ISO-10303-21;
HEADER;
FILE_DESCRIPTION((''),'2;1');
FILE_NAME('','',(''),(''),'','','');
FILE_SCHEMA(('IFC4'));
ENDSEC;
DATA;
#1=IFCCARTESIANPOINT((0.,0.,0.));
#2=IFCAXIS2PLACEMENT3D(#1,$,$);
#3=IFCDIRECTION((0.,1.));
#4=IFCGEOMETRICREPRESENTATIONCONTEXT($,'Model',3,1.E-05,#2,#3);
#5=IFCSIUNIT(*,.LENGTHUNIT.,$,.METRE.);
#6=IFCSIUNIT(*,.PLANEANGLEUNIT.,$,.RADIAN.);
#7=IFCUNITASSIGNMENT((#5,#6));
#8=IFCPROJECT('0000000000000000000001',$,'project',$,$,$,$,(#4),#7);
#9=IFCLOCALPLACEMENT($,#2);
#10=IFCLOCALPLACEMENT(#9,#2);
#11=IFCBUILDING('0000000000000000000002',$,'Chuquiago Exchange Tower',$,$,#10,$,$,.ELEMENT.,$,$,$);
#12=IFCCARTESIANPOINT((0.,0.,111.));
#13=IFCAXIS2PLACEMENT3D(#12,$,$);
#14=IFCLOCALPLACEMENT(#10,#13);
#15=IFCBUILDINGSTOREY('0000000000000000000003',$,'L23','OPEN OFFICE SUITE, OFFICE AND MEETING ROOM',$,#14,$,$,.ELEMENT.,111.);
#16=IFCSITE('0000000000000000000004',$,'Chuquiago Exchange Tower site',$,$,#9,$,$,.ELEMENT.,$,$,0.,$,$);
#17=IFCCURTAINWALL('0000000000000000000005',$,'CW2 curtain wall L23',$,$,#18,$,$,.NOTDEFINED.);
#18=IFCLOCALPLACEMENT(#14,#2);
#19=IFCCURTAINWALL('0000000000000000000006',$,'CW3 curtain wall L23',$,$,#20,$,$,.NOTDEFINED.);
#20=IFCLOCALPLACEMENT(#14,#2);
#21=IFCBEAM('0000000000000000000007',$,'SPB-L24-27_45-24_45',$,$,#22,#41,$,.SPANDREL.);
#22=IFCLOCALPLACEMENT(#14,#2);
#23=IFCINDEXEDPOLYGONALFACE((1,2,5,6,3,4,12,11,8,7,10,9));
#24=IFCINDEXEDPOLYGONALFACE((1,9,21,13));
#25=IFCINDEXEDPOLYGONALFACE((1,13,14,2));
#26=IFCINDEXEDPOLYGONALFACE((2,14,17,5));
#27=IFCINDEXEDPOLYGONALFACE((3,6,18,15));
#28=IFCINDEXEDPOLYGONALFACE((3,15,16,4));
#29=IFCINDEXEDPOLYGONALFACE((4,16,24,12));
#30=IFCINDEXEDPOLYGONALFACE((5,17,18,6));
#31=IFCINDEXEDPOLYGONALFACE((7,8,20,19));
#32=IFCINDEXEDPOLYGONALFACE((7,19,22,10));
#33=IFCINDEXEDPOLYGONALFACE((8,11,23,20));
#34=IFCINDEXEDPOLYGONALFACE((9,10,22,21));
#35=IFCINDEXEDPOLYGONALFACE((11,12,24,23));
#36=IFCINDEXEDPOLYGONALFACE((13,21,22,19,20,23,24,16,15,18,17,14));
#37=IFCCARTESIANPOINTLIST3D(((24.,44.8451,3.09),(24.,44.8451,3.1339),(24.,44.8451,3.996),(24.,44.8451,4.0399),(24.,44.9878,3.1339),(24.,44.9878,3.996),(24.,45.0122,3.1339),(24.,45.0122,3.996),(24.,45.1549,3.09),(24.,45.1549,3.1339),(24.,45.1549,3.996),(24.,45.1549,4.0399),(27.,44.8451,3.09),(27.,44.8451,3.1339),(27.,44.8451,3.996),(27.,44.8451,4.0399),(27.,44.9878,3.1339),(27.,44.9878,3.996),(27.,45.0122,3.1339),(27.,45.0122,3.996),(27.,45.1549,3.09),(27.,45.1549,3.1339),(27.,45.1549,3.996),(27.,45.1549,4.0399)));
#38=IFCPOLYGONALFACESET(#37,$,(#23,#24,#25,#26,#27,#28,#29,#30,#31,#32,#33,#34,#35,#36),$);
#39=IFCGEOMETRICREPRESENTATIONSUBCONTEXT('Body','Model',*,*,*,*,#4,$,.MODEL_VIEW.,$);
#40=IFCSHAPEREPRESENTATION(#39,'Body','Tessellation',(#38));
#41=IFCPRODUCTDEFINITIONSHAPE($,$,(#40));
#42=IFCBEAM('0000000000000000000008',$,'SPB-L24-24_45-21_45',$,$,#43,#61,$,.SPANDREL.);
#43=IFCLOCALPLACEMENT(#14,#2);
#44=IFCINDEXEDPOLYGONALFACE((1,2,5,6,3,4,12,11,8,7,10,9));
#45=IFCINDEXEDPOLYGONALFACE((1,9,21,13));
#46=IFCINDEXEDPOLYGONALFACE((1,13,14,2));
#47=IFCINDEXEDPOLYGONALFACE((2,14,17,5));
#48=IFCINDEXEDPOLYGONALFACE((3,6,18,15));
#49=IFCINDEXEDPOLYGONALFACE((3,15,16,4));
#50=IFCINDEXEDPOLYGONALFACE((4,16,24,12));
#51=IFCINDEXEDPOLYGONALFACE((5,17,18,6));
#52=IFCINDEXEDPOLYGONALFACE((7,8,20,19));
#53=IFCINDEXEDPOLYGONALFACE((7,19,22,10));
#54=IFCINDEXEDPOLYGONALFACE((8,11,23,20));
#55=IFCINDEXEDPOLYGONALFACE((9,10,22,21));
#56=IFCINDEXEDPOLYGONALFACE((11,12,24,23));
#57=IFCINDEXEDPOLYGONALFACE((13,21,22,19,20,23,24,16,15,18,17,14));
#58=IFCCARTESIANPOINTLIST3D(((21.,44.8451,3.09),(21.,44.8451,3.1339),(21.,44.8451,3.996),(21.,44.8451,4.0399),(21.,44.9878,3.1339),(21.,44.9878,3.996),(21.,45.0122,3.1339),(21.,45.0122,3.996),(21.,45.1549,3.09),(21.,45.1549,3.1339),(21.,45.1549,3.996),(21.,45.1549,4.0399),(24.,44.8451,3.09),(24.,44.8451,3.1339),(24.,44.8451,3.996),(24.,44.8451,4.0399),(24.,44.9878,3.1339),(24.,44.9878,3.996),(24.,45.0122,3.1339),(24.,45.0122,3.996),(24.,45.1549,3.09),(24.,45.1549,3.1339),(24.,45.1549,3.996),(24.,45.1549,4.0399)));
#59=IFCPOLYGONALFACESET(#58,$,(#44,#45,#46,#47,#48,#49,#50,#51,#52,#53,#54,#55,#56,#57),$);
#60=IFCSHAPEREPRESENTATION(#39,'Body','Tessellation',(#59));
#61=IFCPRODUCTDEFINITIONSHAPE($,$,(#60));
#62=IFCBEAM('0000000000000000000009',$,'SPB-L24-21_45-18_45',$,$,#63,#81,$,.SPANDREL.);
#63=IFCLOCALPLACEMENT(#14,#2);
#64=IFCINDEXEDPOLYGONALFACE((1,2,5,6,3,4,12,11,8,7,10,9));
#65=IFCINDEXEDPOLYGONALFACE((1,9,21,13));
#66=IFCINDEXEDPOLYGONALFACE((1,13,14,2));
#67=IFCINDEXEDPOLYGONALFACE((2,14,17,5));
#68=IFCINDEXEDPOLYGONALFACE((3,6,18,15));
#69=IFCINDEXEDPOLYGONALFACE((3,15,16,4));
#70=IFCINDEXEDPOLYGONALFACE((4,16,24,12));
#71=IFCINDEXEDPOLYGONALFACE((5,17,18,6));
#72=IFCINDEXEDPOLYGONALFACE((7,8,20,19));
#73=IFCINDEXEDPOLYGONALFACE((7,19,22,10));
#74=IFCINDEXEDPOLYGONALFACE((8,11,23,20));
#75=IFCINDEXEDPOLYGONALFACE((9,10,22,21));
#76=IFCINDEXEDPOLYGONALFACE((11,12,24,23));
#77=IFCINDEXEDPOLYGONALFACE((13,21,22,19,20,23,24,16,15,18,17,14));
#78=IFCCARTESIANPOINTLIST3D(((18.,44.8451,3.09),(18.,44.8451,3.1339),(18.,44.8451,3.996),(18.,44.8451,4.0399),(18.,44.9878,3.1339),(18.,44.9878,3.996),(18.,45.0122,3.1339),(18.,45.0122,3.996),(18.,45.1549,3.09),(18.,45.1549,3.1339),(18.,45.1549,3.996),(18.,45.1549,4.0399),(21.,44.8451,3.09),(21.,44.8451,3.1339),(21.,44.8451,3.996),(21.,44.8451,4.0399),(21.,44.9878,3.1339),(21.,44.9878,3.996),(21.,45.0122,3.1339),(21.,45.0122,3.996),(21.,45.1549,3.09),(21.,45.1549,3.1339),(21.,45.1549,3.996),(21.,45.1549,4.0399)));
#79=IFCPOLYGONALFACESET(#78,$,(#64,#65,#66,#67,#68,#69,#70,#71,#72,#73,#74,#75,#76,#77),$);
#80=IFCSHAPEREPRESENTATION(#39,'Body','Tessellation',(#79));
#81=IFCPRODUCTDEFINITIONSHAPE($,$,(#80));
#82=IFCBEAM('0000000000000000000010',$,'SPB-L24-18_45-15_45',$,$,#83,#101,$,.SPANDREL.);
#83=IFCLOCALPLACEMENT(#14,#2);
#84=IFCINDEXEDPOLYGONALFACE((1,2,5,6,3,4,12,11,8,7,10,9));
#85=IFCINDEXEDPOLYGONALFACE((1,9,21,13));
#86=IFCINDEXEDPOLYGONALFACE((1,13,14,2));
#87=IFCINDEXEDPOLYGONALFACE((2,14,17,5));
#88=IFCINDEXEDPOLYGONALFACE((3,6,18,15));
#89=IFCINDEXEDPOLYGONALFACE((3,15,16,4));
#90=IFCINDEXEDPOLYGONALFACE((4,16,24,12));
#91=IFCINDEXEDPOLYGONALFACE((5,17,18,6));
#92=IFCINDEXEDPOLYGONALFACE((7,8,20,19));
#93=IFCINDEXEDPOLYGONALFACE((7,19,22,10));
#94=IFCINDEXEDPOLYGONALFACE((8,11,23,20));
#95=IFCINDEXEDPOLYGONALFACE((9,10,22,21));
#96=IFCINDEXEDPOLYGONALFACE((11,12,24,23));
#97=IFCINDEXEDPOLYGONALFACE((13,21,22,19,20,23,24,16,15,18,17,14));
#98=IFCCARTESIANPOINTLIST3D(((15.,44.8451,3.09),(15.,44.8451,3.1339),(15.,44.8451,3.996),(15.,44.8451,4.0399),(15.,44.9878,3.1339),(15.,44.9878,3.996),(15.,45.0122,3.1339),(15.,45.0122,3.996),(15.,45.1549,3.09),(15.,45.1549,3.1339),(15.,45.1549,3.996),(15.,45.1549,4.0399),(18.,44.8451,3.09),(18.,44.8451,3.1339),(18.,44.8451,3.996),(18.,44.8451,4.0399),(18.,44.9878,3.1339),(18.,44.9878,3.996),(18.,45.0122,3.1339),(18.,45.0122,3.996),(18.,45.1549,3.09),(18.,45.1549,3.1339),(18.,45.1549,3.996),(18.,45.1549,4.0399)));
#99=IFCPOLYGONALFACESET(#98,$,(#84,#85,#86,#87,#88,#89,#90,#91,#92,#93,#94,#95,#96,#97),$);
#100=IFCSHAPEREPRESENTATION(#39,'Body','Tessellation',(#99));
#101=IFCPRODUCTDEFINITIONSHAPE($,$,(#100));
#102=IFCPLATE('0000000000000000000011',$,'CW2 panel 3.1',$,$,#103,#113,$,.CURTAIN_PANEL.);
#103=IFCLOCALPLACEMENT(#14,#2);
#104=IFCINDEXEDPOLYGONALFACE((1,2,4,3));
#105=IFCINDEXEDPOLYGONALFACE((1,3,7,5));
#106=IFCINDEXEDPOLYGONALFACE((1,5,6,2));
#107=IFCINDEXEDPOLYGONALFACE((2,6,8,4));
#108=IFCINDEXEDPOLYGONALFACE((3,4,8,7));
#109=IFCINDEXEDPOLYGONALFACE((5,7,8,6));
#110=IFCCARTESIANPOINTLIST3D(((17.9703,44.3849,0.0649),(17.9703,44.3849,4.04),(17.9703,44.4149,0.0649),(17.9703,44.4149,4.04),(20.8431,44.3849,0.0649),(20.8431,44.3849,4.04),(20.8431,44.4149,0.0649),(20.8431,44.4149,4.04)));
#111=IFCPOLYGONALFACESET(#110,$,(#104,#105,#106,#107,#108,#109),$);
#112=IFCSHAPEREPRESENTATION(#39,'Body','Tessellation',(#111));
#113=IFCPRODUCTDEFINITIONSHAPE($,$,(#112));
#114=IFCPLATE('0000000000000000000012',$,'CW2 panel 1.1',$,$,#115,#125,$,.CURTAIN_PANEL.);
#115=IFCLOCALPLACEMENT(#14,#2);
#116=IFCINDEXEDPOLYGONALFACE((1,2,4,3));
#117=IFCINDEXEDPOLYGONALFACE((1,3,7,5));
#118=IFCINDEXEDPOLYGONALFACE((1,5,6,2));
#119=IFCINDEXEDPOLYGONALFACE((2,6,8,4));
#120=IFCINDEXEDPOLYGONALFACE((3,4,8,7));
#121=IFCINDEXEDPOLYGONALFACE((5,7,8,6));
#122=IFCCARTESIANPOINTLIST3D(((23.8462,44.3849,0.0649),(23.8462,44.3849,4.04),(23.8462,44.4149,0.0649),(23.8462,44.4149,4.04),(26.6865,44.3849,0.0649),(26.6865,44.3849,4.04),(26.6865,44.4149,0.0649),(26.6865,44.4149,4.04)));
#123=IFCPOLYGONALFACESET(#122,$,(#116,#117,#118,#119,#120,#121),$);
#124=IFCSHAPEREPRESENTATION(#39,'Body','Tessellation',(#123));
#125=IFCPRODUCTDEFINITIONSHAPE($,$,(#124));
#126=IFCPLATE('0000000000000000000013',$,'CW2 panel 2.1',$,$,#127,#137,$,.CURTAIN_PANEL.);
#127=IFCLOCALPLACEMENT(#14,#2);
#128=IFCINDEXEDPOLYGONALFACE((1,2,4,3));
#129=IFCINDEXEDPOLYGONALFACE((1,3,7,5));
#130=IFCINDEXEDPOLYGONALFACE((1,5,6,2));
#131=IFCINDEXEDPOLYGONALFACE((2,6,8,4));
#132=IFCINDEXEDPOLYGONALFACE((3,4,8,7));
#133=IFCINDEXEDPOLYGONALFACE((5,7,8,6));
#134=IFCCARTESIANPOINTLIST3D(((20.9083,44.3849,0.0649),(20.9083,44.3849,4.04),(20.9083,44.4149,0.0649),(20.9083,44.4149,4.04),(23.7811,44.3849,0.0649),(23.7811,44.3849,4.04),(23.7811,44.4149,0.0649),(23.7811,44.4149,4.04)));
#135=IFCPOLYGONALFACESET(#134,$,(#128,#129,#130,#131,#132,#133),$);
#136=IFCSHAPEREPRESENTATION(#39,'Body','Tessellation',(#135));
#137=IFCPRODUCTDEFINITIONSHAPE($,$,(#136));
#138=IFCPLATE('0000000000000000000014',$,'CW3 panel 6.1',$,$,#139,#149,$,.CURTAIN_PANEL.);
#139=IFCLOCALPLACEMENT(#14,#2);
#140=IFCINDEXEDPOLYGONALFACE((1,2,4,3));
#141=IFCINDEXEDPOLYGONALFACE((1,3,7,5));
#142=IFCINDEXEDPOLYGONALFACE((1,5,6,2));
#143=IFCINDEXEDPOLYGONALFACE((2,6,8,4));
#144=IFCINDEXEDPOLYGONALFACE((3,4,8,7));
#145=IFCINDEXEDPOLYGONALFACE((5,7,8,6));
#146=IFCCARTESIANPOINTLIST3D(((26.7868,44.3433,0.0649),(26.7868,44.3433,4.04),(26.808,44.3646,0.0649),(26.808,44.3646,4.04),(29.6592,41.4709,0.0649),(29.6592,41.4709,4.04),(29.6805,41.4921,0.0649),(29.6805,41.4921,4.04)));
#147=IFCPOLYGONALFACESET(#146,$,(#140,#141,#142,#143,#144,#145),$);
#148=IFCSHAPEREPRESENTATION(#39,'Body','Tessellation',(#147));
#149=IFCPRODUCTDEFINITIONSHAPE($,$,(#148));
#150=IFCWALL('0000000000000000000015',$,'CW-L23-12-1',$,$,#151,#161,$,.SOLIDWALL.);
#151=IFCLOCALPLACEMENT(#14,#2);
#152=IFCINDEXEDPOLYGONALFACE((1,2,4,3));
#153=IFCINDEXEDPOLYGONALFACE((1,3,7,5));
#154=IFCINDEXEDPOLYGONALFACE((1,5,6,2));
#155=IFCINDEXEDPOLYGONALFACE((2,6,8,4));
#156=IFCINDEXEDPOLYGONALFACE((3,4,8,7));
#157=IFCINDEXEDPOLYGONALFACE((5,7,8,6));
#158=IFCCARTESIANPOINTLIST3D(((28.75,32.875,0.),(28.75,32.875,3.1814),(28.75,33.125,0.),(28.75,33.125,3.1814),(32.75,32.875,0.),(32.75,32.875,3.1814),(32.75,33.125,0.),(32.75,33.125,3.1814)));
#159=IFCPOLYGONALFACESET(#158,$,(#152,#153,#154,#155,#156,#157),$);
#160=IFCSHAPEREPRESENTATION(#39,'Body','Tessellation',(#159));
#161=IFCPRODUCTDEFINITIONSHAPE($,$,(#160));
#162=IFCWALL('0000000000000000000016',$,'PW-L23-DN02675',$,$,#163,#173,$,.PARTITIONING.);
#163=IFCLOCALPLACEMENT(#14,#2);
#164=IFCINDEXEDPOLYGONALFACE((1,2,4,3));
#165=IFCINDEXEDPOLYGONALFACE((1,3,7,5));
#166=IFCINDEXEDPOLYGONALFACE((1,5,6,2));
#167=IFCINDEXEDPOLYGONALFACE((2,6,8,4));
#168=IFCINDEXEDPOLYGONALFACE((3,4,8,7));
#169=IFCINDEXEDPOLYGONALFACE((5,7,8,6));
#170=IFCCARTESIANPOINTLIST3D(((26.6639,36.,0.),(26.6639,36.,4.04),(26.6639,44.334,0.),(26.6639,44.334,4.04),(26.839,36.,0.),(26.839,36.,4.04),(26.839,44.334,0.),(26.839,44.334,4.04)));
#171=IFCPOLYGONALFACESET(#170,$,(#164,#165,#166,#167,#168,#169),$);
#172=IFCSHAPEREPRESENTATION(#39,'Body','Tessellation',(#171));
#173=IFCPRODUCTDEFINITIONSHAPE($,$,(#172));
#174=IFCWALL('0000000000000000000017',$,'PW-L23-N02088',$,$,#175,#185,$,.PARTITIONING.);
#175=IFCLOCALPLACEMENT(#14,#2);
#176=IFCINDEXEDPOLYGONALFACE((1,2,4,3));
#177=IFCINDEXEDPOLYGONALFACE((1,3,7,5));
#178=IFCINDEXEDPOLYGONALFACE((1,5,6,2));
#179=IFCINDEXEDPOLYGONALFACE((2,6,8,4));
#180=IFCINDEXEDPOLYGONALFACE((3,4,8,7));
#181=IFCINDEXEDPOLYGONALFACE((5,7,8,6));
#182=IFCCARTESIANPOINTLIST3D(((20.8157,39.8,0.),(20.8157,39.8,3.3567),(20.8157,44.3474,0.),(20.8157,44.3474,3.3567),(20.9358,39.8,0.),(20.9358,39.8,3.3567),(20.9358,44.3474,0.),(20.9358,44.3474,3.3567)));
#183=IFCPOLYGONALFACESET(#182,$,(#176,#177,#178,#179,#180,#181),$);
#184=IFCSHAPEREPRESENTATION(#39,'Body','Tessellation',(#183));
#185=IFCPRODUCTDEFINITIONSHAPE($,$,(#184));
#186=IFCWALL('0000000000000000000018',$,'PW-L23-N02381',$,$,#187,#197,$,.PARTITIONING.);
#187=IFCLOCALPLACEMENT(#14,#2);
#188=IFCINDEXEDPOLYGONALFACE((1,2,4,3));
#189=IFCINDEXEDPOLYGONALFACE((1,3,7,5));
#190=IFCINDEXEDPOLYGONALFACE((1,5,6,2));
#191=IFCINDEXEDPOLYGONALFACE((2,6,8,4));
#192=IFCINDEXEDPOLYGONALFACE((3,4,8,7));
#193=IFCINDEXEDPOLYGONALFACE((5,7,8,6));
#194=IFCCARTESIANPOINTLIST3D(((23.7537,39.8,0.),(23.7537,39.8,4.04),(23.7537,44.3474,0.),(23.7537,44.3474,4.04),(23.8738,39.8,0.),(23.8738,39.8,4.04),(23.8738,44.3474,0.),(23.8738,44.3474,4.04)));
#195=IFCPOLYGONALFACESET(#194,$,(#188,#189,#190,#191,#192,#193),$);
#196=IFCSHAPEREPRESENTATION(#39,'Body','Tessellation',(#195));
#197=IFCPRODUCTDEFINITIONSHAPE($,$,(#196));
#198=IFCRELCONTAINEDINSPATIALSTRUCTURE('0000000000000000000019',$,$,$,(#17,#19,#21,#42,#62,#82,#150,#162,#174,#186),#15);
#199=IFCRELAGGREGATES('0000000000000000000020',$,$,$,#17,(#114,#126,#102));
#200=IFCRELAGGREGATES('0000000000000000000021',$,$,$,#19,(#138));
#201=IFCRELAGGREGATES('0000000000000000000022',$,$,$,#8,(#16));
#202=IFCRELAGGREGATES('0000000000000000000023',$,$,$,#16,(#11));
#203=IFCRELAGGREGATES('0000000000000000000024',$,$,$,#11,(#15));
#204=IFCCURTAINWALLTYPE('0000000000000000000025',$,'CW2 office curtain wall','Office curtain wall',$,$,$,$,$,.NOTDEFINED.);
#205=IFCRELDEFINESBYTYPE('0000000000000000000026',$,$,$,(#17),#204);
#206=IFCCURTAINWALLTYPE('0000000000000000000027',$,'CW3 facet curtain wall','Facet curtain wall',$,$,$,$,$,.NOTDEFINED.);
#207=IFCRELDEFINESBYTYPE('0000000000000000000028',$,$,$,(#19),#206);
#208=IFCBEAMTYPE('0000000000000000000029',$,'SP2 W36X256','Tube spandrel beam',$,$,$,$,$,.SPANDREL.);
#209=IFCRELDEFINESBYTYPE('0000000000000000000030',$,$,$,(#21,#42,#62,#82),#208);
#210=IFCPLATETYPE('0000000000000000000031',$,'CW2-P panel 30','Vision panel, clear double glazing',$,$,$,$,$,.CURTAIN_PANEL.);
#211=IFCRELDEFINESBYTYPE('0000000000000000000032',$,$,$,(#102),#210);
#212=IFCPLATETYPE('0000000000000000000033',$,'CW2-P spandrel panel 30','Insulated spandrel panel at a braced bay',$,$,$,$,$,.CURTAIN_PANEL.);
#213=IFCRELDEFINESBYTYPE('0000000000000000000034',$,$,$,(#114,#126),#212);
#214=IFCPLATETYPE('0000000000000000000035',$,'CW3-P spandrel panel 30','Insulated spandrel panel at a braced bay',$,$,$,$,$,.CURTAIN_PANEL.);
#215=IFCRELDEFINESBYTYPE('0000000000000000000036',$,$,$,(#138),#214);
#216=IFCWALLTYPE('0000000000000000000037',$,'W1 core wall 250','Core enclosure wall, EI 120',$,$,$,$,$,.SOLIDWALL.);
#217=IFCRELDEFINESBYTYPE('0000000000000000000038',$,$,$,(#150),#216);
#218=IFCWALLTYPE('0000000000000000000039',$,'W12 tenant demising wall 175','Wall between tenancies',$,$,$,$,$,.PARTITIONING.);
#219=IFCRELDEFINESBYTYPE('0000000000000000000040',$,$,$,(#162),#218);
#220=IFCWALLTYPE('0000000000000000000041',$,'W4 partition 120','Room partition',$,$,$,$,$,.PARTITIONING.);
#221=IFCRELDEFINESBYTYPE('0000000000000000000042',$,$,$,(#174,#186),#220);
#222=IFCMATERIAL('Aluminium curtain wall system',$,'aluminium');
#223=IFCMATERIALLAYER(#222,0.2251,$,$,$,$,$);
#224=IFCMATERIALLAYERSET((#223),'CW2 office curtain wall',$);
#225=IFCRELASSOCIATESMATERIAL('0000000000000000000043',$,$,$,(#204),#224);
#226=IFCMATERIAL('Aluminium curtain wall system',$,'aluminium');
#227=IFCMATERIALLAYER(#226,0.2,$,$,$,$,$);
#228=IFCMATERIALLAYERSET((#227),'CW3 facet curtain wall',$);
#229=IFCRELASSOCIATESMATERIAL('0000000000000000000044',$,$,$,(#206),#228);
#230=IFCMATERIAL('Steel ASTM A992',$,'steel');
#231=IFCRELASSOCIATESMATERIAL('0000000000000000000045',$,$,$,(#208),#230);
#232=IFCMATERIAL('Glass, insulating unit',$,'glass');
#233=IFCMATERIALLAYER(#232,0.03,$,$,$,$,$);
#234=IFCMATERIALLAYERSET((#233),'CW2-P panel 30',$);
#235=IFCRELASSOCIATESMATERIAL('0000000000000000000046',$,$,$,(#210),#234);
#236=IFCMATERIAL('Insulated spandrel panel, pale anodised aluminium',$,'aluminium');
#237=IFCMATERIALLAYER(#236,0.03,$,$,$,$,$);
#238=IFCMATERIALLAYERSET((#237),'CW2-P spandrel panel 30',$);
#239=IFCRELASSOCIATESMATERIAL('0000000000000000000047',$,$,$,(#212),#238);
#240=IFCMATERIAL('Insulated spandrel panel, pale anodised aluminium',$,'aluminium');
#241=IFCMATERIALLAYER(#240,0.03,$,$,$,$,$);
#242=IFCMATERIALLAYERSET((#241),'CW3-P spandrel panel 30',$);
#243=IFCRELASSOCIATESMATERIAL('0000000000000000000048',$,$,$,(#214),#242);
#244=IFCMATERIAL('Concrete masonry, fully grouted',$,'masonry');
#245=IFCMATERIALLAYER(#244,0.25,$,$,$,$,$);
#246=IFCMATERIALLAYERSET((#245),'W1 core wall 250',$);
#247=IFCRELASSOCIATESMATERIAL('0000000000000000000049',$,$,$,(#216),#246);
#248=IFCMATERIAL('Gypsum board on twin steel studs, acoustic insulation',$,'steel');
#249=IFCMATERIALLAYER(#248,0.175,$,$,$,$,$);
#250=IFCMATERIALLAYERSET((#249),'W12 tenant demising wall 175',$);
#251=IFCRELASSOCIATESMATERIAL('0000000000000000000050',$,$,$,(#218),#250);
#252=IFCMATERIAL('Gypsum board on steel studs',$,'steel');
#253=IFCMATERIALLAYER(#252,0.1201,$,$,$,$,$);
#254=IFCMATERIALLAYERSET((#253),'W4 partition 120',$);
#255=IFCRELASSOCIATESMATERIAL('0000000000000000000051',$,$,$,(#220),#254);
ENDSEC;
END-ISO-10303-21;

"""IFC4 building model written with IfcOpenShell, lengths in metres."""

from ifc_helpers import new_model, si_unit, direction, frame, frame_2d, origin, origin_2d, place, context, subcontext, project, spatial, rectangle, i_section, extrude, material, layer, layer_set, material_profile, profile_set, type_object, element, aggregate, save


model = new_model("IFC4")

# Units and contexts
model_context = context("Model", 3, precision=1e-05, world=origin(), true_north=direction((0.0, 1.0)))
body_context = subcontext(model_context, "Body", "Model", "MODEL_VIEW")
ifc_project = project(units=[si_unit("LENGTHUNIT", "METRE"), si_unit("PLANEANGLEUNIT", "RADIAN")], contexts=[model_context])

# Site, building, storey
site_placement = place(None, origin())
site = spatial("IfcSite", under=ifc_project, at=site_placement, Name="Chuquiago Exchange Tower site", CompositionType="ELEMENT", RefElevation=0.0)
building_placement = place(site_placement, origin())
building = spatial("IfcBuilding", under=site, at=building_placement, Name="Chuquiago Exchange Tower", CompositionType="ELEMENT")
storey_placement = place(building_placement, frame((0.0, 0.0, 111.0)))
storey = spatial("IfcBuildingStorey", under=building, at=storey_placement, Name="L23", Description="OPEN OFFICE SUITE, OFFICE AND MEETING ROOM", CompositionType="ELEMENT", Elevation=111.0)

# Curtain walls
ifc_material_1 = material(Name="Aluminium curtain wall system", Category="aluminium")
ifc_layer_1 = layer(ifc_material_1, 0.2251)
ifc_layer_set_1 = layer_set([ifc_layer_1], Name="CW2 office curtain wall")
curtain_wall_type_1 = type_object("IfcCurtainWallType", Name="CW2 office curtain wall", Description="Office curtain wall", PredefinedType="NOTDEFINED", material=ifc_layer_set_1)
curtain_wall_1_placement = place(storey_placement, origin())
curtain_wall_1 = element("IfcCurtainWall", 1, at=curtain_wall_1_placement, inside=storey, type_object=curtain_wall_type_1, Name="CW2 curtain wall L23", PredefinedType="NOTDEFINED")
ifc_material_2 = material(Name="Aluminium curtain wall system", Category="aluminium")
ifc_layer_2 = layer(ifc_material_2, 0.2)
ifc_layer_set_2 = layer_set([ifc_layer_2], Name="CW3 facet curtain wall")
curtain_wall_type_2 = type_object("IfcCurtainWallType", Name="CW3 facet curtain wall", Description="Facet curtain wall", PredefinedType="NOTDEFINED", material=ifc_layer_set_2)
curtain_wall_2_placement = place(storey_placement, origin())
curtain_wall_2 = element("IfcCurtainWall", 2, at=curtain_wall_2_placement, inside=storey, type_object=curtain_wall_type_2, Name="CW3 curtain wall L23", PredefinedType="NOTDEFINED")

# Beams
ifc_material_3 = material(Name="Steel ASTM A992", Category="steel")
ifc_material_profile_1 = material_profile(ifc_material_3, i_section(OverallWidth=0.3098, OverallDepth=0.95, WebThickness=0.0244, FlangeThickness=0.0439, at=origin_2d()), Name="W36X256")
ifc_profile_set_1 = profile_set([ifc_material_profile_1], Name="Steel ASTM A992")
beam_type_1 = type_object("IfcBeamType", Name="SP2 W36X256", Description="Tube spandrel beam", PredefinedType="SPANDREL", material=ifc_profile_set_1)
for number, where, z_axis, x_axis, name in (
    (3, (27.0, 45.0, 3.5649), (-1.0, 0.0, 0.0), (0.0, -1.0, 0.0), "SPB-L24-27_45-24_45"),
    (4, (24.0, 45.0, 3.5649), (-1.0, 0.0, 0.0), (0.0, -1.0, 0.0), "SPB-L24-24_45-21_45"),
    (5, (21.0, 45.0, 3.5649), (-1.0, 0.0, 0.0), (0.0, -1.0, 0.0), "SPB-L24-21_45-18_45"),
    (6, (18.0, 45.0, 3.5649), (-1.0, 0.0, 0.0), (0.0, -1.0, 0.0), "SPB-L24-18_45-15_45"),
):
    element("IfcBeam", number, at=place(storey_placement, frame(where, z_axis=z_axis, x_axis=x_axis)), inside=storey, type_object=beam_type_1, Name=name, PredefinedType="SPANDREL", context=body_context, shape_type="SweptSolid", body=[
        extrude(i_section(OverallWidth=0.3098, OverallDepth=0.95, WebThickness=0.0244, FlangeThickness=0.0439, at=origin_2d()), origin(), (0.0, 0.0, 1.0), 3.0),
    ])

# Plates
ifc_material_4 = material(Name="Glass, insulating unit", Category="glass")
ifc_layer_3 = layer(ifc_material_4, 0.03)
ifc_layer_set_3 = layer_set([ifc_layer_3], Name="CW2-P panel 30")
plate_type_1 = type_object("IfcPlateType", Name="CW2-P panel 30", Description="Vision panel, clear double glazing", PredefinedType="CURTAIN_PANEL", material=ifc_layer_set_3)
plate_1_placement = place(storey_placement, frame((19.4067, 44.3999, 0.0649), z_axis=(0.0, 0.0, 1.0), x_axis=(-1.0, 0.0, 0.0)))
plate_1 = element("IfcPlate", 7, at=plate_1_placement, type_object=plate_type_1, Name="CW2 panel 3.1", PredefinedType="CURTAIN_PANEL", context=body_context, shape_type="SweptSolid", body=[
    extrude(rectangle(XDim=2.8728, YDim=0.03, at=origin_2d()), origin(), (0.0, 0.0, 1.0), 3.9751),
])
ifc_material_5 = material(Name="Insulated spandrel panel, pale anodised aluminium", Category="aluminium")
ifc_layer_4 = layer(ifc_material_5, 0.03)
ifc_layer_set_4 = layer_set([ifc_layer_4], Name="CW2-P spandrel panel 30")
plate_type_2 = type_object("IfcPlateType", Name="CW2-P spandrel panel 30", Description="Insulated spandrel panel at a braced bay", PredefinedType="CURTAIN_PANEL", material=ifc_layer_set_4)
plate_2_placement = place(storey_placement, frame((25.2664, 44.3999, 0.0649), z_axis=(0.0, 0.0, 1.0), x_axis=(-1.0, 0.0, 0.0)))
plate_2 = element("IfcPlate", 8, at=plate_2_placement, type_object=plate_type_2, Name="CW2 panel 1.1", PredefinedType="CURTAIN_PANEL", context=body_context, shape_type="SweptSolid", body=[
    extrude(rectangle(XDim=2.8403, YDim=0.03, at=origin_2d()), origin(), (0.0, 0.0, 1.0), 3.9751),
])
plate_3_placement = place(storey_placement, frame((22.3447, 44.3999, 0.0649), z_axis=(0.0, 0.0, 1.0), x_axis=(-1.0, 0.0, 0.0)))
plate_3 = element("IfcPlate", 9, at=plate_3_placement, type_object=plate_type_2, Name="CW2 panel 2.1", PredefinedType="CURTAIN_PANEL", context=body_context, shape_type="SweptSolid", body=[
    extrude(rectangle(XDim=2.8728, YDim=0.03, at=origin_2d()), origin(), (0.0, 0.0, 1.0), 3.9751),
])
aggregate(curtain_wall_1, [plate_2, plate_3, plate_1])
ifc_material_6 = material(Name="Insulated spandrel panel, pale anodised aluminium", Category="aluminium")
ifc_layer_5 = layer(ifc_material_6, 0.03)
ifc_layer_set_5 = layer_set([ifc_layer_5], Name="CW3-P spandrel panel 30")
plate_type_3 = type_object("IfcPlateType", Name="CW3-P spandrel panel 30", Description="Insulated spandrel panel at a braced bay", PredefinedType="CURTAIN_PANEL", material=ifc_layer_set_5)
plate_4_placement = place(storey_placement, frame((28.2336, 42.9177, 0.0649), z_axis=(0.0, 0.0, 1.0), x_axis=(-0.707107, 0.707107, 0.0)))
plate_4 = element("IfcPlate", 10, at=plate_4_placement, type_object=plate_type_3, Name="CW3 panel 6.1", PredefinedType="CURTAIN_PANEL", context=body_context, shape_type="SweptSolid", body=[
    extrude(rectangle(XDim=4.0623, YDim=0.03, at=origin_2d()), origin(), (0.0, 0.0, 1.0), 3.9751),
])
aggregate(curtain_wall_2, [plate_4])

# Walls
ifc_material_7 = material(Name="Concrete masonry, fully grouted", Category="masonry")
ifc_layer_6 = layer(ifc_material_7, 0.25)
ifc_layer_set_6 = layer_set([ifc_layer_6], Name="W1 core wall 250")
wall_type_1 = type_object("IfcWallType", Name="W1 core wall 250", Description="Core enclosure wall, EI 120", PredefinedType="SOLIDWALL", material=ifc_layer_set_6)
wall_1_placement = place(storey_placement, frame((28.75, 33.0, 0.0), z_axis=(0.0, 0.0, 1.0), x_axis=(1.0, 0.0, 0.0)))
element("IfcWall", 11, at=wall_1_placement, inside=storey, type_object=wall_type_1, Name="CW-L23-12-1", PredefinedType="SOLIDWALL", context=body_context, shape_type="SweptSolid", body=[
    extrude(rectangle(XDim=4.0, YDim=0.25, at=frame_2d((2.0, 0.0))), origin(), (0.0, 0.0, 1.0), 3.1814),
])
ifc_material_8 = material(Name="Gypsum board on twin steel studs, acoustic insulation", Category="steel")
ifc_layer_7 = layer(ifc_material_8, 0.175)
ifc_layer_set_7 = layer_set([ifc_layer_7], Name="W12 tenant demising wall 175")
wall_type_2 = type_object("IfcWallType", Name="W12 tenant demising wall 175", Description="Wall between tenancies", PredefinedType="PARTITIONING", material=ifc_layer_set_7)
wall_2_placement = place(storey_placement, frame((26.7515, 44.334, 0.0), z_axis=(0.0, 0.0, 1.0), x_axis=(0.0, -1.0, 0.0)))
element("IfcWall", 12, at=wall_2_placement, inside=storey, type_object=wall_type_2, Name="PW-L23-DN02675", PredefinedType="PARTITIONING", context=body_context, shape_type="SweptSolid", body=[
    extrude(rectangle(XDim=8.334, YDim=0.175, at=frame_2d((4.167, 0.0))), origin(), (0.0, 0.0, 1.0), 4.04),
])
ifc_material_9 = material(Name="Gypsum board on steel studs", Category="steel")
ifc_layer_8 = layer(ifc_material_9, 0.1201)
ifc_layer_set_8 = layer_set([ifc_layer_8], Name="W4 partition 120")
wall_type_3 = type_object("IfcWallType", Name="W4 partition 120", Description="Room partition", PredefinedType="PARTITIONING", material=ifc_layer_set_8)
wall_3_placement = place(storey_placement, frame((20.8757, 44.3474, 0.0), z_axis=(0.0, 0.0, 1.0), x_axis=(0.0, -1.0, 0.0)))
element("IfcWall", 13, at=wall_3_placement, inside=storey, type_object=wall_type_3, Name="PW-L23-N02088", PredefinedType="PARTITIONING", context=body_context, shape_type="SweptSolid", body=[
    extrude(rectangle(XDim=4.5474, YDim=0.1201, at=frame_2d((2.2737, 0.0))), origin(), (0.0, 0.0, 1.0), 3.3567),
])
wall_4_placement = place(storey_placement, frame((23.8137, 44.3474, 0.0), z_axis=(0.0, 0.0, 1.0), x_axis=(0.0, -1.0, 0.0)))
element("IfcWall", 14, at=wall_4_placement, inside=storey, type_object=wall_type_3, Name="PW-L23-N02381", PredefinedType="PARTITIONING", context=body_context, shape_type="SweptSolid", body=[
    extrude(rectangle(XDim=4.5474, YDim=0.1201, at=frame_2d((2.2737, 0.0))), origin(), (0.0, 0.0, 1.0), 4.04),
])

save(model, "model.ifc")
